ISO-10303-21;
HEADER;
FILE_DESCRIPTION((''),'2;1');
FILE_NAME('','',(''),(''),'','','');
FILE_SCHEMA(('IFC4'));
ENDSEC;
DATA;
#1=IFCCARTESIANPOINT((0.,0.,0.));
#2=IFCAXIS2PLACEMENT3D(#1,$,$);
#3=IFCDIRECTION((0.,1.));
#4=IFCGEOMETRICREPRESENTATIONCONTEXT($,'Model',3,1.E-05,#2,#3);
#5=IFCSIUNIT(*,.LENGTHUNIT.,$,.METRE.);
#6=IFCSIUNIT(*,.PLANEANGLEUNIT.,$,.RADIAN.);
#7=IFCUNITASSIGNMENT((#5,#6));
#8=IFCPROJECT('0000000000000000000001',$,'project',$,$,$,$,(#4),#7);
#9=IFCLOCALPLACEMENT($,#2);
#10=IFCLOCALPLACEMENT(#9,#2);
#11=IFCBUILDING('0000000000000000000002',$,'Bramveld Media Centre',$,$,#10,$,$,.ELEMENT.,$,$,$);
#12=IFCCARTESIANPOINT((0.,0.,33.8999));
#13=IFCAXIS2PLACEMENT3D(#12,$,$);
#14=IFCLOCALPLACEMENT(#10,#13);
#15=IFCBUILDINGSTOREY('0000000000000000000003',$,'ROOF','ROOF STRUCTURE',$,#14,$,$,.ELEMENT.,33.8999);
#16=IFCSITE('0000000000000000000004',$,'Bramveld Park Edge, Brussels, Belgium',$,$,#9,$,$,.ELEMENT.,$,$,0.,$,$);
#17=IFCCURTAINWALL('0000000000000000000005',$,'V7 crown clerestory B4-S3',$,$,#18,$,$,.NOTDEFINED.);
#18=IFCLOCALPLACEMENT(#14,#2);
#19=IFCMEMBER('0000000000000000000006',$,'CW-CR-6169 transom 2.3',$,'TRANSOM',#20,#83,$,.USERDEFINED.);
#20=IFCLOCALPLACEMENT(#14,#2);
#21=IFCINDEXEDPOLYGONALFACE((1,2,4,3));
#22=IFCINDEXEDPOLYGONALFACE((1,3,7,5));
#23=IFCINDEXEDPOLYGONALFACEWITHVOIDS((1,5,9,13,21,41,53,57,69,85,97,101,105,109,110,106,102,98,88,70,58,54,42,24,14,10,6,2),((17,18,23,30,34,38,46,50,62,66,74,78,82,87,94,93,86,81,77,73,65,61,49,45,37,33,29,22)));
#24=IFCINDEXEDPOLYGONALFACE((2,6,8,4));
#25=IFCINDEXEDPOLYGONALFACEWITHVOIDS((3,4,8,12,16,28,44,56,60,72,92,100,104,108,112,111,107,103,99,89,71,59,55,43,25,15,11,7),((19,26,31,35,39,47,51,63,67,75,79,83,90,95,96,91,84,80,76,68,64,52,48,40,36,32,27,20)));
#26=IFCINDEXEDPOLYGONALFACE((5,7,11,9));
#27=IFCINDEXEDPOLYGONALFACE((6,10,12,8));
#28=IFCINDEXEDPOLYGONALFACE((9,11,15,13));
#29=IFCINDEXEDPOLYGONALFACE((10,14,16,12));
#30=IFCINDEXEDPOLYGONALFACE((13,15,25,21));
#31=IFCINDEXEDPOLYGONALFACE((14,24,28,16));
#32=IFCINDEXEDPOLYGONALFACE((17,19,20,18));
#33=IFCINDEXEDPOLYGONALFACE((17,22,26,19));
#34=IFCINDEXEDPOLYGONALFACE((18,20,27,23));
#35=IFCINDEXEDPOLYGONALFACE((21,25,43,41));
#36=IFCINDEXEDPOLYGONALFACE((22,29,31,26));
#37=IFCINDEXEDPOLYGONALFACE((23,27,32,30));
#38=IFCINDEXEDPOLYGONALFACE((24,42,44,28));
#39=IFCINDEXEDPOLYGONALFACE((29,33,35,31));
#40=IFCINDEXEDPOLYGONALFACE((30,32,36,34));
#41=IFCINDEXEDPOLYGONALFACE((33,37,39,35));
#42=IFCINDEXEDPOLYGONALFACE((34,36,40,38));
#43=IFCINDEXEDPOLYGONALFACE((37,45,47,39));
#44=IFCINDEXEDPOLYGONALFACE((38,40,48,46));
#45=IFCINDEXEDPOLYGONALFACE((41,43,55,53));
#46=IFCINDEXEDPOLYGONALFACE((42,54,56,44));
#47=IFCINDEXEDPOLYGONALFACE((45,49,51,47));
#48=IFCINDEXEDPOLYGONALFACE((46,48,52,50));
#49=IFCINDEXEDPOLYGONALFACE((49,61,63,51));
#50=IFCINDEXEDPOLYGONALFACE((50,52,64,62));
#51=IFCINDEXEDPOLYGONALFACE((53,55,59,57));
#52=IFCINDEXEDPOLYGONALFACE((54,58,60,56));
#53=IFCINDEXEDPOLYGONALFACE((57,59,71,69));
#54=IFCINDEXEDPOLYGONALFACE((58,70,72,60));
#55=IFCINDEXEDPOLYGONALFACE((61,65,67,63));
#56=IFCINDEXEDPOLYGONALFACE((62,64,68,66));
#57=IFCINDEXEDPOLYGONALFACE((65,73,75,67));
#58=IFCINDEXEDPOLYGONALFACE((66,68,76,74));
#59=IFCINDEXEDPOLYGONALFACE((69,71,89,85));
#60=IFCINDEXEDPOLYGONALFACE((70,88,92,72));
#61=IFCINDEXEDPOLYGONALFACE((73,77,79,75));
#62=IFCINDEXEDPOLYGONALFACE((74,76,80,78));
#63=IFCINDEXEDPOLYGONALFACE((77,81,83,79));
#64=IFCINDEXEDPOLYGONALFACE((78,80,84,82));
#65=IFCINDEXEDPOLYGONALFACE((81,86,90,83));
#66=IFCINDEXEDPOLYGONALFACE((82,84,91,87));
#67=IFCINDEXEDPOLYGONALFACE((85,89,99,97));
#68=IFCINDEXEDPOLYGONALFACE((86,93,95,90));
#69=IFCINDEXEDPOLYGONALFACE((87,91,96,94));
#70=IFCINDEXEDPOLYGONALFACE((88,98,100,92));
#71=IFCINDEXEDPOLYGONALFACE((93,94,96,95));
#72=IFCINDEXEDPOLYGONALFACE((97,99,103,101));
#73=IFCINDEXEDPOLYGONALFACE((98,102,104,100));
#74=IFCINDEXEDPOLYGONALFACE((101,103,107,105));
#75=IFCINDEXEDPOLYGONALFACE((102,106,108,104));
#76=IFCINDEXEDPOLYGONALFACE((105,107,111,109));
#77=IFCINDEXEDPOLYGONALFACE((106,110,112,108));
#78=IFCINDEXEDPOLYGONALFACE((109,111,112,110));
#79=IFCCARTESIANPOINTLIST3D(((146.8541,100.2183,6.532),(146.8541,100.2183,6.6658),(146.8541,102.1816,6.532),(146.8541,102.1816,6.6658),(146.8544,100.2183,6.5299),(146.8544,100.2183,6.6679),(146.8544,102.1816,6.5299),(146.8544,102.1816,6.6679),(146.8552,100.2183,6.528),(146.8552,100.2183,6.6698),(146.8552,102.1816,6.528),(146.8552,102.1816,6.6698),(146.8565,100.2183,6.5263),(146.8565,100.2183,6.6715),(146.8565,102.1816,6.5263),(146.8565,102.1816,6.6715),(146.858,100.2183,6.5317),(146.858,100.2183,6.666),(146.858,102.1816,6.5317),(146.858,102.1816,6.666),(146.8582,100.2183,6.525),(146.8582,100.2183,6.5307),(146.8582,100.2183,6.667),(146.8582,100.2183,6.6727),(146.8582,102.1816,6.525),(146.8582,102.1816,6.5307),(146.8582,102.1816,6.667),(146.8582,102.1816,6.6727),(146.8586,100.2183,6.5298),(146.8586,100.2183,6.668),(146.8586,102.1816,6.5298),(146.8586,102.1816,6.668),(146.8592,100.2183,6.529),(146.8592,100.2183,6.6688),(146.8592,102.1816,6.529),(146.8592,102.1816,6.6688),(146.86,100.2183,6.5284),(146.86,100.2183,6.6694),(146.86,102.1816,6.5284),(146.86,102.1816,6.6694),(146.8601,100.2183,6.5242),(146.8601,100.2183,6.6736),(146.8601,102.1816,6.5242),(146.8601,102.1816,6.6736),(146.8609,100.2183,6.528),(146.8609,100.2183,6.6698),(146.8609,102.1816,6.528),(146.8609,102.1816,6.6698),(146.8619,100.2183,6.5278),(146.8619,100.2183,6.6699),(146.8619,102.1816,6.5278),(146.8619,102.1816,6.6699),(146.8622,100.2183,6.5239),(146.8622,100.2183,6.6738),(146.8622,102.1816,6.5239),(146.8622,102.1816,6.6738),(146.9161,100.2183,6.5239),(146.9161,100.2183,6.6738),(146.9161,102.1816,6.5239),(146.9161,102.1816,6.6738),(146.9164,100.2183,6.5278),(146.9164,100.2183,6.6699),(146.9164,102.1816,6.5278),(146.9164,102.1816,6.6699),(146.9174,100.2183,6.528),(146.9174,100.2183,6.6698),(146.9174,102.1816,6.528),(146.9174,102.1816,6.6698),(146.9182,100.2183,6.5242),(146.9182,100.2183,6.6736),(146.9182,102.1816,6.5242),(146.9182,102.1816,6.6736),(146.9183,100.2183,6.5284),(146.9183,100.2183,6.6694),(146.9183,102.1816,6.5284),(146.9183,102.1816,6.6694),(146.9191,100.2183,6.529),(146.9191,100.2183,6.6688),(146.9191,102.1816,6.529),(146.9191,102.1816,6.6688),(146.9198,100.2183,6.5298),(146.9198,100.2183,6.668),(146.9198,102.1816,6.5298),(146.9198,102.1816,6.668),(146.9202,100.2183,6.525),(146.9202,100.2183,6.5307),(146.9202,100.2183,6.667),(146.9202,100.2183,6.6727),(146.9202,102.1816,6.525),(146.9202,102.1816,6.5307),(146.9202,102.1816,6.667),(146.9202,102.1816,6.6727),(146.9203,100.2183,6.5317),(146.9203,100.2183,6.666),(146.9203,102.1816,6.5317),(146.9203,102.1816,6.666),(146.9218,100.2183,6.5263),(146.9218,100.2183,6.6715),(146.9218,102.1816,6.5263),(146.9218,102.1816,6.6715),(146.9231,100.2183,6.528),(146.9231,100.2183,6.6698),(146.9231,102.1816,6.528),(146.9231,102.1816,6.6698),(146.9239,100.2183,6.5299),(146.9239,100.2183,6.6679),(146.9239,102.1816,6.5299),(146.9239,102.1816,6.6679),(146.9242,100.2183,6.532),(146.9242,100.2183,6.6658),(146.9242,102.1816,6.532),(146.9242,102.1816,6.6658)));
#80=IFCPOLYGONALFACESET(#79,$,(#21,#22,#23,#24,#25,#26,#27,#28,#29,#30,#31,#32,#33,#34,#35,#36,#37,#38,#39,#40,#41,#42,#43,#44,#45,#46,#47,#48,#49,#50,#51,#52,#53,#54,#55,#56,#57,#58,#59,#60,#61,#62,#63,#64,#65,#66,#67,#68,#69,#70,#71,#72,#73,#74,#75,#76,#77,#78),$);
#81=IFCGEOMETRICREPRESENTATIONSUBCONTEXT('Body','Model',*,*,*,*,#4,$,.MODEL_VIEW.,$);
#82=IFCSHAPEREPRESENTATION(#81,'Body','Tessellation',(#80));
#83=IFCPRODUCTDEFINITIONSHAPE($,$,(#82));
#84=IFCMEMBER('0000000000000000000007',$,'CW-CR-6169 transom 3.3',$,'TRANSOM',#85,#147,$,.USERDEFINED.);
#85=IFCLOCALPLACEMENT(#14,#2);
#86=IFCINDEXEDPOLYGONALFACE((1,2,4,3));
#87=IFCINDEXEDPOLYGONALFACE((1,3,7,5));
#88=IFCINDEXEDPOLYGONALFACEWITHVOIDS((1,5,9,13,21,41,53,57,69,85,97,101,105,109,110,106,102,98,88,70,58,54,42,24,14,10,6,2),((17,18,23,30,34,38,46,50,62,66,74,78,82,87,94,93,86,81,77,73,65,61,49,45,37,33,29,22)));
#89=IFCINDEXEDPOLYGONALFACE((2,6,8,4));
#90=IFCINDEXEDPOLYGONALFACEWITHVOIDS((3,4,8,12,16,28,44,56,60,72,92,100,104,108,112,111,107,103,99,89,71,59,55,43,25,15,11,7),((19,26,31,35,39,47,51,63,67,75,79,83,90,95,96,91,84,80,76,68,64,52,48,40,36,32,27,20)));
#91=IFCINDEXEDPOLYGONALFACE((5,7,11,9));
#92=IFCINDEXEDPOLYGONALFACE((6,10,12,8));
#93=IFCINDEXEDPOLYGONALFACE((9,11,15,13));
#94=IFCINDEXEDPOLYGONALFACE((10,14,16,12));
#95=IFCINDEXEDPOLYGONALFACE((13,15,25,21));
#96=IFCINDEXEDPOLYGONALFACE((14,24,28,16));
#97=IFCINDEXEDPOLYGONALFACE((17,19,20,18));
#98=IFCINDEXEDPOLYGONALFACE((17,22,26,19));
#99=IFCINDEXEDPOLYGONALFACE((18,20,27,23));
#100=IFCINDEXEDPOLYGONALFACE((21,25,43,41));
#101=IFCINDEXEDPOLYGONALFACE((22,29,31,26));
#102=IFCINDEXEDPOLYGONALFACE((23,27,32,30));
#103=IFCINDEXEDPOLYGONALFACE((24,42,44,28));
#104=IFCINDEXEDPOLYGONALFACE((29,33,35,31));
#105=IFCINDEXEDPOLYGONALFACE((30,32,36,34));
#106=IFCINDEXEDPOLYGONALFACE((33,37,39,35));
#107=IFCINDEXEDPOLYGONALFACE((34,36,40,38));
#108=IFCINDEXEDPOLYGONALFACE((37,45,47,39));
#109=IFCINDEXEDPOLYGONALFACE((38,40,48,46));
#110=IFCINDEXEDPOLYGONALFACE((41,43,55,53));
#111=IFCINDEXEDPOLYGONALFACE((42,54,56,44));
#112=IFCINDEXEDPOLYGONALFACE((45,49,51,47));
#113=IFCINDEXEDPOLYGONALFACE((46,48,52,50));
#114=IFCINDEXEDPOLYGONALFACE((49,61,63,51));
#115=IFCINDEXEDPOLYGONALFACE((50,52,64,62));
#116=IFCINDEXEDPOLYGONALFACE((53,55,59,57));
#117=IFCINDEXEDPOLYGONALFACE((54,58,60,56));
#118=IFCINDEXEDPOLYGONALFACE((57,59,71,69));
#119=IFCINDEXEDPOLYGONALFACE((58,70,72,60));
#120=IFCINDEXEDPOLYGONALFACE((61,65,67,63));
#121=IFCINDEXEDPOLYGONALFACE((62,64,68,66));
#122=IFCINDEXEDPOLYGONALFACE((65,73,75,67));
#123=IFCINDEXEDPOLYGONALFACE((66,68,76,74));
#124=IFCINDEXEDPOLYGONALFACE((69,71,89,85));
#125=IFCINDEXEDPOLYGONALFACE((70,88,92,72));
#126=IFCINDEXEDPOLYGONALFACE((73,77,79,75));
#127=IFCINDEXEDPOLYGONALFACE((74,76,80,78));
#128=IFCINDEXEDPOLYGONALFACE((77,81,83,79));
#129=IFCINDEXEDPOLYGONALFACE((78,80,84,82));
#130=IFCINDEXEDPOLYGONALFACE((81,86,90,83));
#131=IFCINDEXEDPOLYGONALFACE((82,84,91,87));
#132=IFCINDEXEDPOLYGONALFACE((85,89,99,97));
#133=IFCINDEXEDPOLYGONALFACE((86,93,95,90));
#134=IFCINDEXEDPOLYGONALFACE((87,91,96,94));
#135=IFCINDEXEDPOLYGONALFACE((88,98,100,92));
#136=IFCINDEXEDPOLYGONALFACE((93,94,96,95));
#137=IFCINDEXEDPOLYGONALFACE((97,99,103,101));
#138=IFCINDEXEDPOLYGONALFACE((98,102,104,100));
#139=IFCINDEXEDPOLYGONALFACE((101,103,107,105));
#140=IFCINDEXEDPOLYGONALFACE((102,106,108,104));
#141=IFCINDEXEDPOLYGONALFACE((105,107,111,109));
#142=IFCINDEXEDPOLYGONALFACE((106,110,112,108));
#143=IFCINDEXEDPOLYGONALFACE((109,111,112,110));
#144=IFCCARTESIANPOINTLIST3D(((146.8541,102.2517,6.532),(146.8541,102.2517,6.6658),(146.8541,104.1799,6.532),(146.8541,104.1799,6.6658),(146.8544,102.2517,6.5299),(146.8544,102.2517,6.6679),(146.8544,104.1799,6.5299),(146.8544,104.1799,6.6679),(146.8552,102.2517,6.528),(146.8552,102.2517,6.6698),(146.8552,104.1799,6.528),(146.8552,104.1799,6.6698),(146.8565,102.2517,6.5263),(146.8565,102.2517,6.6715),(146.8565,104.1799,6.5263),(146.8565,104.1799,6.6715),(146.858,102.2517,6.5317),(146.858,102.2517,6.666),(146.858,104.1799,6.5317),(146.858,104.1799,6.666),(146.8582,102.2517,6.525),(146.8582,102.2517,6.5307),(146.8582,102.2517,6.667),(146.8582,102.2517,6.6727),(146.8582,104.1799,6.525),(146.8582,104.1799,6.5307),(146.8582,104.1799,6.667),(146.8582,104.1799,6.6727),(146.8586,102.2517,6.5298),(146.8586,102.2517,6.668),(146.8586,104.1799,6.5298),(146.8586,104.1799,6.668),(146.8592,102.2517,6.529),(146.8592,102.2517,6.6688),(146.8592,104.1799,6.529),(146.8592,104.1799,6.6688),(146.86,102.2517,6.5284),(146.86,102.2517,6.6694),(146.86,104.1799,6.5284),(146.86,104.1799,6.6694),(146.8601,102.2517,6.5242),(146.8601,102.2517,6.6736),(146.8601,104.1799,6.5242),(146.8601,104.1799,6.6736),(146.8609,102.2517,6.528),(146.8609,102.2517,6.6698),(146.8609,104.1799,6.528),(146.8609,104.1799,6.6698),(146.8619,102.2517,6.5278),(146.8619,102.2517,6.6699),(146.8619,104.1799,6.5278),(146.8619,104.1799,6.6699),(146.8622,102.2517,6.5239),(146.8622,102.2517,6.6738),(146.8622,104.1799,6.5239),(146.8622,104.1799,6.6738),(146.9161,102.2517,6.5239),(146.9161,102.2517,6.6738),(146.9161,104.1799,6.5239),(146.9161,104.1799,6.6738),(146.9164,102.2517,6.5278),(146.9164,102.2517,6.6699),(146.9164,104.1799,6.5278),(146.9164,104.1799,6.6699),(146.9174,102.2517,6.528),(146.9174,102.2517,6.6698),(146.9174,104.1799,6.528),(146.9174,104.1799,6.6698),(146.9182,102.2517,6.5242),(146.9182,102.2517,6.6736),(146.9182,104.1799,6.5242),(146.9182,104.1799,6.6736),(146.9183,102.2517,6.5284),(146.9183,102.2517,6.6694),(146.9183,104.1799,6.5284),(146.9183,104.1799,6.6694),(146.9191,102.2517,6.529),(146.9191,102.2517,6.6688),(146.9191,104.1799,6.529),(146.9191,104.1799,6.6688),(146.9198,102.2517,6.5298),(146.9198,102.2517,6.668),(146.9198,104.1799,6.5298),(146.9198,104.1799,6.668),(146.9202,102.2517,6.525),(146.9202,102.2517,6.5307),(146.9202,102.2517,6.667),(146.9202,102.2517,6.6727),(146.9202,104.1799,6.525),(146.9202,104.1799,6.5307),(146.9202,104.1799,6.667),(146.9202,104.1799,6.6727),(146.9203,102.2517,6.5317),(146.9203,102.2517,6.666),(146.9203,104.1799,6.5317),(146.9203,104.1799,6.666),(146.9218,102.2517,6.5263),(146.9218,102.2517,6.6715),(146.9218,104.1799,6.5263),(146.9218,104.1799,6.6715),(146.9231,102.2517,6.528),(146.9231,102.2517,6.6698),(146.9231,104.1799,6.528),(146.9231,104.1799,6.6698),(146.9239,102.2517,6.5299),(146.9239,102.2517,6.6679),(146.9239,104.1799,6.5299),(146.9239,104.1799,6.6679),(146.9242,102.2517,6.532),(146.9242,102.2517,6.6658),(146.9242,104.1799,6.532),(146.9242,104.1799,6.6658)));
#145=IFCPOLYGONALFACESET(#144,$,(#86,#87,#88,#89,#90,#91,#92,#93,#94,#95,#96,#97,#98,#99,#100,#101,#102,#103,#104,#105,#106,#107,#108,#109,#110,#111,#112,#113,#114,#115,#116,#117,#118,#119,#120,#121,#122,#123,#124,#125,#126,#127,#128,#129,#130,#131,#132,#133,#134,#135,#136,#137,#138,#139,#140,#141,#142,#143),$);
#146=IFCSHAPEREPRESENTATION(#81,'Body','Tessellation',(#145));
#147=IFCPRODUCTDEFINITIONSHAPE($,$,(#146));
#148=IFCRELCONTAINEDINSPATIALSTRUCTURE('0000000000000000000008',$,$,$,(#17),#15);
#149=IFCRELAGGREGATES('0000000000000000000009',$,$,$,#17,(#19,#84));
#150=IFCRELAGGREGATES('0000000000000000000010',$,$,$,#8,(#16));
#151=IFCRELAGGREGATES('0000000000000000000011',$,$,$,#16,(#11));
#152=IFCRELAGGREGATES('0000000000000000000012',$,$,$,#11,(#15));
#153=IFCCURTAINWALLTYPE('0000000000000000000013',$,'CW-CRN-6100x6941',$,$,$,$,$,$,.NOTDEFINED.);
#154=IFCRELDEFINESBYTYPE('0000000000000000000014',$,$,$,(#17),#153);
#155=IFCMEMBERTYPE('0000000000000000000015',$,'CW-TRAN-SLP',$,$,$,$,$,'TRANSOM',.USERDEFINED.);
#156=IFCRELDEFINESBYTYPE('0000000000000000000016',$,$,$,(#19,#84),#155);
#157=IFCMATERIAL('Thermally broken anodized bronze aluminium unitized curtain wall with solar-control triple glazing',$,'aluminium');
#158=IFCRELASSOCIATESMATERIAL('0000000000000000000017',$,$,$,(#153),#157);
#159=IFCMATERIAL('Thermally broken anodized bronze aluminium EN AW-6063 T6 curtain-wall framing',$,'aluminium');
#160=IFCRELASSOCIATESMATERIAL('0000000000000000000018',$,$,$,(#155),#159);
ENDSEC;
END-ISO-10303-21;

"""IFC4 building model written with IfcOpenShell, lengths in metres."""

from ifc_helpers import new_model, si_unit, direction, frame, origin, origin_2d, place, context, subcontext, project, spatial, hollow_rectangle, extrude, material, material_profile, profile_set, type_object, element, aggregate, save


model = new_model("IFC4")

# Units and contexts
model_context = context("Model", 3, precision=1e-05, world=origin(), true_north=direction((0.0, 1.0)))
body_context = subcontext(model_context, "Body", "Model", "MODEL_VIEW")
ifc_project = project(units=[si_unit("LENGTHUNIT", "METRE"), si_unit("PLANEANGLEUNIT", "RADIAN")], contexts=[model_context])

# Site, building, storey
site_placement = place(None, origin())
site = spatial("IfcSite", under=ifc_project, at=site_placement, Name="Bramveld Park Edge, Brussels, Belgium", CompositionType="ELEMENT", RefElevation=0.0)
building_placement = place(site_placement, origin())
building = spatial("IfcBuilding", under=site, at=building_placement, Name="Bramveld Media Centre", CompositionType="ELEMENT")
storey_placement = place(building_placement, frame((0.0, 0.0, 33.8999)))
storey = spatial("IfcBuildingStorey", under=building, at=storey_placement, Name="ROOF", Description="ROOF STRUCTURE", CompositionType="ELEMENT", Elevation=33.8999)

# Curtain wall, members
ifc_material_1 = material(Name="Thermally broken anodized bronze aluminium unitized curtain wall with solar-control triple glazing", Category="aluminium")
curtain_wall_type = type_object("IfcCurtainWallType", Name="CW-CRN-6100x6941", PredefinedType="NOTDEFINED", material=ifc_material_1)
ifc_material_2 = material(Name="Thermally broken anodized bronze aluminium EN AW-6063 T6 curtain-wall framing", Category="aluminium")
ifc_material_profile_1 = material_profile(ifc_material_2, hollow_rectangle(XDim=0.0701, YDim=0.1499, WallThickness=0.0039, InnerFilletRadius=0.0039, OuterFilletRadius=0.0081, at=origin_2d()), Name="AL-TRAN 70x150")
ifc_profile_set_1 = profile_set([ifc_material_profile_1], Name="Thermally broken anodized bronze aluminium EN AW-6063 T6 curtain-wall framing")
member_type_1 = type_object("IfcMemberType", Name="CW-TRAN-SLP", ElementType="TRANSOM", PredefinedType="USERDEFINED", material=ifc_profile_set_1)
curtain_wall_1_placement = place(storey_placement, origin())
curtain_wall_1 = element("IfcCurtainWall", 1, at=curtain_wall_1_placement, inside=storey, type_object=curtain_wall_type, Name="V7 crown clerestory B4-S3", PredefinedType="NOTDEFINED")
member_1_placement = place(storey_placement, frame((146.8892, 100.2183, 6.5989), z_axis=(0.0, 1.0, 0.0), x_axis=(-1.0, 0.0, 0.0)))
member_1 = element("IfcMember", 2, at=member_1_placement, type_object=member_type_1, Name="CW-CR-6169 transom 2.3", ObjectType="TRANSOM", PredefinedType="USERDEFINED", context=body_context, shape_type="SweptSolid", body=[
    extrude(hollow_rectangle(XDim=0.0701, YDim=0.1499, WallThickness=0.0039, InnerFilletRadius=0.0039, OuterFilletRadius=0.0081, at=origin_2d()), origin(), (0.0, 0.0, 1.0), 1.9634),
])
member_2_placement = place(storey_placement, frame((146.8892, 102.2517, 6.5989), z_axis=(0.0, 1.0, 0.0), x_axis=(-1.0, 0.0, 0.0)))
member_2 = element("IfcMember", 3, at=member_2_placement, type_object=member_type_1, Name="CW-CR-6169 transom 3.3", ObjectType="TRANSOM", PredefinedType="USERDEFINED", context=body_context, shape_type="SweptSolid", body=[
    extrude(hollow_rectangle(XDim=0.0701, YDim=0.1499, WallThickness=0.0039, InnerFilletRadius=0.0039, OuterFilletRadius=0.0081, at=origin_2d()), origin(), (0.0, 0.0, 1.0), 1.9282),
])

aggregate(curtain_wall_1, [member_1, member_2])

save(model, "model.ifc")
